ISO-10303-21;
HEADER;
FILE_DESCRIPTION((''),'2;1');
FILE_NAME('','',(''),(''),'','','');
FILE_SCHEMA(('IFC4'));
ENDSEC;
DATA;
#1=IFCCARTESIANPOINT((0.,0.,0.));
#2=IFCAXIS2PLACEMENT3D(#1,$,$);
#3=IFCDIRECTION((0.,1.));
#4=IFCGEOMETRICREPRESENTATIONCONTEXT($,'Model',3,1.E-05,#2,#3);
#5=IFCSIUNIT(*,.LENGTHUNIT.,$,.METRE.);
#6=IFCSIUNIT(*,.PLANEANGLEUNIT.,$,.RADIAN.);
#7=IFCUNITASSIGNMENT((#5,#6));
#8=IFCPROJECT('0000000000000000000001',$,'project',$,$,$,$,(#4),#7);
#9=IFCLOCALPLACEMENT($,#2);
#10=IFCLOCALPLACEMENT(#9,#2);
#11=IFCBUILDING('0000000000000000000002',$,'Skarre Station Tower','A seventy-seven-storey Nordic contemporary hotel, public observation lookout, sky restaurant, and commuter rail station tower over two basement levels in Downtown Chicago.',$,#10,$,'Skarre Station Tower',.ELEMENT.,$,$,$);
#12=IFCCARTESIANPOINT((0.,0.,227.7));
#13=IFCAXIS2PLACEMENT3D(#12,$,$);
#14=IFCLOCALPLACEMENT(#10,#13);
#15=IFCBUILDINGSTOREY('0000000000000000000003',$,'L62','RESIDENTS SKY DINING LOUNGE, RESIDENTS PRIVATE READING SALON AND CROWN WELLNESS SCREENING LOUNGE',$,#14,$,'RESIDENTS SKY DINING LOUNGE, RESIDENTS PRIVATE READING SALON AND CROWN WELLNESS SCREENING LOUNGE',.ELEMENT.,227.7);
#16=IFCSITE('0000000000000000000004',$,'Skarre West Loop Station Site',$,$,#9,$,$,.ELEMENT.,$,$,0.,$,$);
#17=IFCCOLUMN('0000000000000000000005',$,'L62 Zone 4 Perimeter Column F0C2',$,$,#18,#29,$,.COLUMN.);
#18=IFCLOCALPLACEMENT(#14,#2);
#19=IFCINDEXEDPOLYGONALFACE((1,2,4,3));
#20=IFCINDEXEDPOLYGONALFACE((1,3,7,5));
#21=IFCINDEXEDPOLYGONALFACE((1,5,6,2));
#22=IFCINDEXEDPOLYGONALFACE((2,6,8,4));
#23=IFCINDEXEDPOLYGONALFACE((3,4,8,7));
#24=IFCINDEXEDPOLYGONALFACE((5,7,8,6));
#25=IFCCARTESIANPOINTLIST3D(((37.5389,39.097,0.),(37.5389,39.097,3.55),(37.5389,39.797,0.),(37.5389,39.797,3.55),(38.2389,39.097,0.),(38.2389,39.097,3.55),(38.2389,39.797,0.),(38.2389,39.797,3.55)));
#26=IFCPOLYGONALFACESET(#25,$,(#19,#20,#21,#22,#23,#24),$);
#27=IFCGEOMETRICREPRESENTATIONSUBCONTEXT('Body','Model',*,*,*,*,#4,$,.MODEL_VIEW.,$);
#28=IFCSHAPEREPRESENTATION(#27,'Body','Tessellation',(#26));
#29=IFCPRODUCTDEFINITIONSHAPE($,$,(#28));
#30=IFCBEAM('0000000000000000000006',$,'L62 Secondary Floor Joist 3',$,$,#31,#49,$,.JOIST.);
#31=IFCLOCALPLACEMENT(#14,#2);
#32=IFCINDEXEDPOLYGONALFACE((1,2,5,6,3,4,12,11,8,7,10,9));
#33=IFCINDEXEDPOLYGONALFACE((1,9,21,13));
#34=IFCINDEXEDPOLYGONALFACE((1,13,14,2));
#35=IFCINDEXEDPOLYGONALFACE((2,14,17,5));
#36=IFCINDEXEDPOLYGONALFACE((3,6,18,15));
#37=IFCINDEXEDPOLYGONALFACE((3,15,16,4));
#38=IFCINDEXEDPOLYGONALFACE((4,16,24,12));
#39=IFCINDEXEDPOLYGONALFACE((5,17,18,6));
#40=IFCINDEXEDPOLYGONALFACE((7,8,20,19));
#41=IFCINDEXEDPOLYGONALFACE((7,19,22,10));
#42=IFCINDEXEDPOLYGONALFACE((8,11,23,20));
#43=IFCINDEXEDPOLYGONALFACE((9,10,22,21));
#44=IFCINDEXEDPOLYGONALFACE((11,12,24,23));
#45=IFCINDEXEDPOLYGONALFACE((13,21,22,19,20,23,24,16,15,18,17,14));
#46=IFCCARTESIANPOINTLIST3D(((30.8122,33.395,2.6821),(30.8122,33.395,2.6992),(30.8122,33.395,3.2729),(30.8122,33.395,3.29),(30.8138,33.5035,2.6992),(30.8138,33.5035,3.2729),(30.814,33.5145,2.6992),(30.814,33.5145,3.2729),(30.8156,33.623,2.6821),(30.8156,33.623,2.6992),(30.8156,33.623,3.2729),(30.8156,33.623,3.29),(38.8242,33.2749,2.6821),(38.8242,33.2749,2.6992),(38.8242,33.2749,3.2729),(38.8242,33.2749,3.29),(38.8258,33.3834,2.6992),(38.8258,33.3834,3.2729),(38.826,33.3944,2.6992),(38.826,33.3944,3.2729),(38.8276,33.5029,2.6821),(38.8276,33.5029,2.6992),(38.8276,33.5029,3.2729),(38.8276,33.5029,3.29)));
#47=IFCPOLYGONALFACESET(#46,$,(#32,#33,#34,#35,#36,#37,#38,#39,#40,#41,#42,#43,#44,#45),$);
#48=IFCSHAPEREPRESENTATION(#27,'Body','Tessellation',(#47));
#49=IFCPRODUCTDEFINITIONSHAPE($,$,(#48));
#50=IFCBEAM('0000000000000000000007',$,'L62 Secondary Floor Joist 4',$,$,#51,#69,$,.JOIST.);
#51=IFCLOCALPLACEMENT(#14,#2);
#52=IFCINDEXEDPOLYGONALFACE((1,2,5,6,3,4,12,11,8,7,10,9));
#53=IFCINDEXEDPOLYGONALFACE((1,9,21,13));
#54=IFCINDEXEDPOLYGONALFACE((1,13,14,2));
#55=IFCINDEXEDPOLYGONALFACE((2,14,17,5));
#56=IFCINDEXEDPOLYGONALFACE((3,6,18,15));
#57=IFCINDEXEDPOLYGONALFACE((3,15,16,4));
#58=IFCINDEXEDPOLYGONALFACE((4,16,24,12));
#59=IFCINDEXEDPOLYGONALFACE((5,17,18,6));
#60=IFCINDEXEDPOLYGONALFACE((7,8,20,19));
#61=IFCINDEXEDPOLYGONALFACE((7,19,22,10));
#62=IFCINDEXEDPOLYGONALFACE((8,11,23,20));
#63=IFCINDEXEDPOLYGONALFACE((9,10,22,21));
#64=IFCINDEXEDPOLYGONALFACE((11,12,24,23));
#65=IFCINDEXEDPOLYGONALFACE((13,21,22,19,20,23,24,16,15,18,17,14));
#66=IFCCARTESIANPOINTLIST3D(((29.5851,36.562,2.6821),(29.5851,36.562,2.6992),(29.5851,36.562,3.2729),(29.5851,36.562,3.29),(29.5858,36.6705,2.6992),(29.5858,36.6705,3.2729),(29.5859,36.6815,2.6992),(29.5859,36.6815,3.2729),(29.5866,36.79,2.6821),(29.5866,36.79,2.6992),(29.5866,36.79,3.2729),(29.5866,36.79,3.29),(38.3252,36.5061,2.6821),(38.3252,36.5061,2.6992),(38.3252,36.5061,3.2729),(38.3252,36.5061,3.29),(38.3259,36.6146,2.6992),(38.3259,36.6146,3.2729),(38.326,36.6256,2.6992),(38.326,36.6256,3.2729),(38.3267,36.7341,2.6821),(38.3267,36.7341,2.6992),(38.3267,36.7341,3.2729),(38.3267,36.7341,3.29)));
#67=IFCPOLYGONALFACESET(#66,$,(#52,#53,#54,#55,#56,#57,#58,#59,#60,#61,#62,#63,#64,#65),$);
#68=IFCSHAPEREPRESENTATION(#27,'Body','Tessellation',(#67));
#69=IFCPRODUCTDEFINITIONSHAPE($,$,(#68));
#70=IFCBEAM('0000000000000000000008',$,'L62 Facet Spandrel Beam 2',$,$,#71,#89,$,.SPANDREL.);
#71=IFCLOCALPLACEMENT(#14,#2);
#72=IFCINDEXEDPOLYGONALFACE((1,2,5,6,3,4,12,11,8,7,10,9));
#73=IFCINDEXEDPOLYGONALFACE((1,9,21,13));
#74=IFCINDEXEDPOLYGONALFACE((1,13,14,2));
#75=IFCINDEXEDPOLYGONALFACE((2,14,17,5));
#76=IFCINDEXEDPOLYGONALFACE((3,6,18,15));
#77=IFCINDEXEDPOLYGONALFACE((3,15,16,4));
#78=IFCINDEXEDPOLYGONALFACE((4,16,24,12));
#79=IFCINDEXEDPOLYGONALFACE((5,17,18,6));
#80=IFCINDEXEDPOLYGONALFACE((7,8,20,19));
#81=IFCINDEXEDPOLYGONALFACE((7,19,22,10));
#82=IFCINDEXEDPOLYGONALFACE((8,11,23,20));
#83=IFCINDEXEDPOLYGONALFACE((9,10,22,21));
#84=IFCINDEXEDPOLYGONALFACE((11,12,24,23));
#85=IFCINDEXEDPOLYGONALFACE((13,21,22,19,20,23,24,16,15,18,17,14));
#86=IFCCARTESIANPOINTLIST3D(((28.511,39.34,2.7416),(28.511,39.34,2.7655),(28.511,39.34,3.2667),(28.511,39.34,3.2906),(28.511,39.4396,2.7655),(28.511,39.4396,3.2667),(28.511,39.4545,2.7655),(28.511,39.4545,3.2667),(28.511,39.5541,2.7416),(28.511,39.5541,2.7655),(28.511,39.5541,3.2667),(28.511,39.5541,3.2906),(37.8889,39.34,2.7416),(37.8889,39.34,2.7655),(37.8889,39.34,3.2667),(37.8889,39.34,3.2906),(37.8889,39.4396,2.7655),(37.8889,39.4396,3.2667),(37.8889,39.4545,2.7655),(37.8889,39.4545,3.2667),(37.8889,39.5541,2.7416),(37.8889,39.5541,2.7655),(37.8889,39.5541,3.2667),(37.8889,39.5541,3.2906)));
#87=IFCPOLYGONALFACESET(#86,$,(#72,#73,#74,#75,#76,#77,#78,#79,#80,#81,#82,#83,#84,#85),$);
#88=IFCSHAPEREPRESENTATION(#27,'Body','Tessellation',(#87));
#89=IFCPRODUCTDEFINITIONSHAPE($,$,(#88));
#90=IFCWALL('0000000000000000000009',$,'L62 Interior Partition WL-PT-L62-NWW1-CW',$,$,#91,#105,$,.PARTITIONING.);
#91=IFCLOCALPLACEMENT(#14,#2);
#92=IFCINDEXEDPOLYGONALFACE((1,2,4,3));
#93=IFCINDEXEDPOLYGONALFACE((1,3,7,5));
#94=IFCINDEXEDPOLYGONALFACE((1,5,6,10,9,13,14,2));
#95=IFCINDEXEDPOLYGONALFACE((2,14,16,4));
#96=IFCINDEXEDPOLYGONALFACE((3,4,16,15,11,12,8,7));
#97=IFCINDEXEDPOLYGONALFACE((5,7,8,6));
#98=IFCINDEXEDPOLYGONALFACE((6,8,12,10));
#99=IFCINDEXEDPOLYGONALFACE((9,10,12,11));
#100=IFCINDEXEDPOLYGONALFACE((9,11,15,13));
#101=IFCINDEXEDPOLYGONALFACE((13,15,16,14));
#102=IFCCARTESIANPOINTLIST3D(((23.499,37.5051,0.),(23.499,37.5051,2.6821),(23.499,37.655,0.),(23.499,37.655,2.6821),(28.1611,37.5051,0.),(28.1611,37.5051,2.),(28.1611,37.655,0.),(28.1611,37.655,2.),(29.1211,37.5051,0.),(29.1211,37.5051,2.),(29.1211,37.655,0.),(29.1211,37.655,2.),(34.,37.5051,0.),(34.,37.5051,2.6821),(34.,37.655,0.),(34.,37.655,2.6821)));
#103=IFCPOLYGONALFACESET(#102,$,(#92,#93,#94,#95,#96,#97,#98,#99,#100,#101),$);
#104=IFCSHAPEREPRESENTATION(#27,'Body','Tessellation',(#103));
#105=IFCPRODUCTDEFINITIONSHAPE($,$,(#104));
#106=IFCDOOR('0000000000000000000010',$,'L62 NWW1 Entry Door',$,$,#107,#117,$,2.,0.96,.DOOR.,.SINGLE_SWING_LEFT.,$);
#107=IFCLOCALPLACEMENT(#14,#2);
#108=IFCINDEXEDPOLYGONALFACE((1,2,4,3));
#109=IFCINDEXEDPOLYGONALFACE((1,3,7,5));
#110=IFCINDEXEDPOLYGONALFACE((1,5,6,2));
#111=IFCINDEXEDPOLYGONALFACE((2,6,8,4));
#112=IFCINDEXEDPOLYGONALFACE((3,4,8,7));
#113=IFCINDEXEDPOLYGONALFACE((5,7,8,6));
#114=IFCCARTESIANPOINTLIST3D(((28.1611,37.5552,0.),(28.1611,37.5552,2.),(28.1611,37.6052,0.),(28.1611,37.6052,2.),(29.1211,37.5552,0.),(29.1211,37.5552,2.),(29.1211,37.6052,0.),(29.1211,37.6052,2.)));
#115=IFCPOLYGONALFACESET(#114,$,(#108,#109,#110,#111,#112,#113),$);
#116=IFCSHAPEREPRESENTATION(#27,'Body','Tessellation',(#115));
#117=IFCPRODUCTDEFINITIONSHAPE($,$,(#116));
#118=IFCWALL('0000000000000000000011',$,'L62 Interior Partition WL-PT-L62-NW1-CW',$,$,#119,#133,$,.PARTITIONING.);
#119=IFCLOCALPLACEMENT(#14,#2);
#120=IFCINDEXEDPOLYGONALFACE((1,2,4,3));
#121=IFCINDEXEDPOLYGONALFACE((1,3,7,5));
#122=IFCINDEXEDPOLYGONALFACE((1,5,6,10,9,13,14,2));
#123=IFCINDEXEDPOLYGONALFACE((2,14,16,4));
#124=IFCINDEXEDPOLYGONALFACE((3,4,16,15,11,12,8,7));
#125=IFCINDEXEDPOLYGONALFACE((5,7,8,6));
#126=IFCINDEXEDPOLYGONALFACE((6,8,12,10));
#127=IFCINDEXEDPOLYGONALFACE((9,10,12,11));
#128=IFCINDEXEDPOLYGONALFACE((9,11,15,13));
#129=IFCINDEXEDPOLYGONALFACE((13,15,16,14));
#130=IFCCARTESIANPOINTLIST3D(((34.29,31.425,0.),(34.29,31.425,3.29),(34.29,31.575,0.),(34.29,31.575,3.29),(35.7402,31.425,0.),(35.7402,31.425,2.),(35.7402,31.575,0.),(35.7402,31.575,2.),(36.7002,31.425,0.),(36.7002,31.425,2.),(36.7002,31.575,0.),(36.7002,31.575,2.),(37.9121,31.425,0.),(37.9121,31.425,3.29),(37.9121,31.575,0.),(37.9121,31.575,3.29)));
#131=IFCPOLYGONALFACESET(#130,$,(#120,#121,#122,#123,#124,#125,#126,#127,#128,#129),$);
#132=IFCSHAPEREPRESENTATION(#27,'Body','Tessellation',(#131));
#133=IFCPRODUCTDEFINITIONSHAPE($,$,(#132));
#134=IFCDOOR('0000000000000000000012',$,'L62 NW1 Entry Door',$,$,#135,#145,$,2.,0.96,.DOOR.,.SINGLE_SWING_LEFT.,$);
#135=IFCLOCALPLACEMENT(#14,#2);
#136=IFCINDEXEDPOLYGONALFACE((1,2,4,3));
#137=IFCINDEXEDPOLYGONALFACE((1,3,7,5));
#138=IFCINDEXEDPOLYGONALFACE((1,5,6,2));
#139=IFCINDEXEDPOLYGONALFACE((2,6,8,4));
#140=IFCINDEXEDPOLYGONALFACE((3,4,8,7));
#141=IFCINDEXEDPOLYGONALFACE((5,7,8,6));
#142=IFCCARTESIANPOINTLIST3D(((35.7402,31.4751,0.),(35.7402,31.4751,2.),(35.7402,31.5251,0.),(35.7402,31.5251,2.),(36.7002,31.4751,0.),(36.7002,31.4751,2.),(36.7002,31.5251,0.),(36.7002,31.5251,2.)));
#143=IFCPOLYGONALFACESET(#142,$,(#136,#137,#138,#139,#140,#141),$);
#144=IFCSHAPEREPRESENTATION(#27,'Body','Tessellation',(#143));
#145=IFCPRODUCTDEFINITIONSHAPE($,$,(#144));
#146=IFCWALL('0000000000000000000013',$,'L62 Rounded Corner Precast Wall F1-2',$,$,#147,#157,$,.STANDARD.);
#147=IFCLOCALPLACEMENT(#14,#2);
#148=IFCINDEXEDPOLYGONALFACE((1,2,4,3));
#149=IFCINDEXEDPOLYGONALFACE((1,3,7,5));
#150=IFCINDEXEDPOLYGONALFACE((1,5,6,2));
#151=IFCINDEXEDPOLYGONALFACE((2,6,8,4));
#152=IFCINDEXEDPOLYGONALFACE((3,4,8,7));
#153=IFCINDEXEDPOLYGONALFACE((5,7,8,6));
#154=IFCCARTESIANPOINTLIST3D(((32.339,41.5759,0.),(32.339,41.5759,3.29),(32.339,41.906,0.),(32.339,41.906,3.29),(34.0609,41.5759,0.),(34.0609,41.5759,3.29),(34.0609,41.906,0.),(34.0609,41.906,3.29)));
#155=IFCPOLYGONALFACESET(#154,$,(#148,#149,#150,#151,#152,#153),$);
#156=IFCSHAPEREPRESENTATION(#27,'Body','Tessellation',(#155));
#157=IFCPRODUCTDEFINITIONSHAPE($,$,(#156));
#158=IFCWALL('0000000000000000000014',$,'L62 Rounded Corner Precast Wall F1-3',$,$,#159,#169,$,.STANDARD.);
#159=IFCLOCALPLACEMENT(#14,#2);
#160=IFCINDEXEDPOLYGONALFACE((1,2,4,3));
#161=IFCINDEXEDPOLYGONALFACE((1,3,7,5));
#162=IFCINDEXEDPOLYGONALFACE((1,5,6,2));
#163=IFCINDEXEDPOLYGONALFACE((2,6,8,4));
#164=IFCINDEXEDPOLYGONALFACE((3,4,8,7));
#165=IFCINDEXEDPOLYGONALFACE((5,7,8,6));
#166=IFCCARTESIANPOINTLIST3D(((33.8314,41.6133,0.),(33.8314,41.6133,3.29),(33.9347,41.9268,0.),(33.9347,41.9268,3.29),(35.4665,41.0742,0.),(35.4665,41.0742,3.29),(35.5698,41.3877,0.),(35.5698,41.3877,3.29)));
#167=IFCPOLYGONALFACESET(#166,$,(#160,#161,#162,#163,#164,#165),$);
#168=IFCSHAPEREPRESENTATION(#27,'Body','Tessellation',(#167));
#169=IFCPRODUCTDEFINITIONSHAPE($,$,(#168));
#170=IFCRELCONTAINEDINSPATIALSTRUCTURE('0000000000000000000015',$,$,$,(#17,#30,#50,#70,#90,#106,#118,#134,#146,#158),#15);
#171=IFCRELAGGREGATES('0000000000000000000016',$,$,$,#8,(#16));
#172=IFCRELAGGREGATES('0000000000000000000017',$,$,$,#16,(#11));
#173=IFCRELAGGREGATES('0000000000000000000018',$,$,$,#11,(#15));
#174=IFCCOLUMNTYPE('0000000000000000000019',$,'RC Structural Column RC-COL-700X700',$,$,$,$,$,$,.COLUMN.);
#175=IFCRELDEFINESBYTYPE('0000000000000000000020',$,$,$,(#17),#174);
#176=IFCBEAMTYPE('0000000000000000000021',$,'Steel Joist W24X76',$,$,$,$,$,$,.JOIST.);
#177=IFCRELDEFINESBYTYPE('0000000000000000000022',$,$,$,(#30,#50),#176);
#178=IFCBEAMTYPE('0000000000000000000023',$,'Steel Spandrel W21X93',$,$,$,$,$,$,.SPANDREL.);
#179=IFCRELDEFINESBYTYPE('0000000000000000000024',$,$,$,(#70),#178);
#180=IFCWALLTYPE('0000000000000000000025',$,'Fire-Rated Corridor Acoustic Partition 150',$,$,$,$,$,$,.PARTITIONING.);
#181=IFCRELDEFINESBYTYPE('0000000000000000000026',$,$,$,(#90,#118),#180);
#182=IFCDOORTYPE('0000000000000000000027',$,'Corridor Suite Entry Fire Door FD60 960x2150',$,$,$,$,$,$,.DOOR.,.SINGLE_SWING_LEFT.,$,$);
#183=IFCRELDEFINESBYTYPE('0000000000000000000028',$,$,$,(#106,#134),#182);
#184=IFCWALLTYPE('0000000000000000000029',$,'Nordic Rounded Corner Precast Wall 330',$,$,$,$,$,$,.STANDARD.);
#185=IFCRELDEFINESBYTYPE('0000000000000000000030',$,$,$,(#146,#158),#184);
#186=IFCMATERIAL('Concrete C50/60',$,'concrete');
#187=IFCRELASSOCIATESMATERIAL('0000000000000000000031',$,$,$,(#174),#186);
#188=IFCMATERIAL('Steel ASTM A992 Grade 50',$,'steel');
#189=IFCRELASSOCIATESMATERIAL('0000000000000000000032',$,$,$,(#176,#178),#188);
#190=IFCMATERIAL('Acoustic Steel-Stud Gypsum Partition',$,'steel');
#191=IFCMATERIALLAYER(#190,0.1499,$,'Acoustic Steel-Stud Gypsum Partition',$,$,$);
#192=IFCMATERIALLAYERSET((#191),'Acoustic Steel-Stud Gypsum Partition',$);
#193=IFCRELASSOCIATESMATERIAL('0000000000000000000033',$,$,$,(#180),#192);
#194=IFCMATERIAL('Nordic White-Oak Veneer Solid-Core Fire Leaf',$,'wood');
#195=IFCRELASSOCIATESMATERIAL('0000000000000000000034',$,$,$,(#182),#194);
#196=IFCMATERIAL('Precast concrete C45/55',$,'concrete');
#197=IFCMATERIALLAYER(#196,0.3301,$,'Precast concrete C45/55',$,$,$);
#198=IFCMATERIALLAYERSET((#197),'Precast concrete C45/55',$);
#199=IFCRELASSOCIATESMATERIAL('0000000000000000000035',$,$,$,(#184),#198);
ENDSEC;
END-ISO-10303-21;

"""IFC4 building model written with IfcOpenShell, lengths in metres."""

from ifc_helpers import new_model, si_unit, direction, frame, frame_2d, origin, origin_2d, place, context, subcontext, project, spatial, rectangle, i_section, extrude, material, layer, layer_set, material_profile, profile_set, type_object, element, fill, save


model = new_model("IFC4")

# Units and contexts
model_context = context("Model", 3, precision=1e-05, world=origin(), true_north=direction((0.0, 1.0)))
body_context = subcontext(model_context, "Body", "Model", "MODEL_VIEW")
ifc_project = project(units=[si_unit("LENGTHUNIT", "METRE"), si_unit("PLANEANGLEUNIT", "RADIAN")], contexts=[model_context])

# Site, building, storey
site_placement = place(None, origin())
site = spatial("IfcSite", under=ifc_project, at=site_placement, Name="Skarre West Loop Station Site", CompositionType="ELEMENT", RefElevation=0.0)
building_placement = place(site_placement, origin())
building = spatial("IfcBuilding", under=site, at=building_placement, Name="Skarre Station Tower", Description="A seventy-seven-storey Nordic contemporary hotel, public observation lookout, sky restaurant, and commuter rail station tower over two basement levels in Downtown Chicago.", LongName="Skarre Station Tower", CompositionType="ELEMENT")
storey_placement = place(building_placement, frame((0.0, 0.0, 227.7)))
storey = spatial("IfcBuildingStorey", under=building, at=storey_placement, Name="L62", Description="RESIDENTS SKY DINING LOUNGE, RESIDENTS PRIVATE READING SALON AND CROWN WELLNESS SCREENING LOUNGE", LongName="RESIDENTS SKY DINING LOUNGE, RESIDENTS PRIVATE READING SALON AND CROWN WELLNESS SCREENING LOUNGE", CompositionType="ELEMENT", Elevation=227.7)

# Column
ifc_material_1 = material(Name="Concrete C50/60", Category="concrete")
ifc_material_profile_1 = material_profile(ifc_material_1, rectangle(XDim=0.7, YDim=0.7, at=origin_2d()), Name="Concrete C50/60")
ifc_profile_set_1 = profile_set([ifc_material_profile_1], Name="Concrete C50/60")
column_type = type_object("IfcColumnType", Name="RC Structural Column RC-COL-700X700", PredefinedType="COLUMN", material=ifc_profile_set_1)
column_placement = place(storey_placement, frame((37.8889, 39.447, 0.0), z_axis=(0.0, 0.0, 1.0), x_axis=(1.0, 0.0, 0.0)))
element("IfcColumn", 1, at=column_placement, inside=storey, type_object=column_type, Name="L62 Zone 4 Perimeter Column F0C2", PredefinedType="COLUMN", context=body_context, shape_type="SweptSolid", body=[
    extrude(rectangle(XDim=0.7, YDim=0.7, at=origin_2d()), origin(), (0.0, 0.0, 1.0), 3.55),
])

# Beams
ifc_material_2 = material(Name="Steel ASTM A992 Grade 50", Category="steel")
ifc_material_profile_2 = material_profile(ifc_material_2, i_section(OverallWidth=0.228, OverallDepth=0.6079, WebThickness=0.011, FlangeThickness=0.0171, at=origin_2d()), Name="Steel ASTM A992 Grade 50")
ifc_profile_set_2 = profile_set([ifc_material_profile_2], Name="Steel ASTM A992 Grade 50")
beam_type_1 = type_object("IfcBeamType", Name="Steel Joist W24X76", PredefinedType="JOIST", material=ifc_profile_set_2)
beam_1_placement = place(storey_placement, frame((38.8259, 33.3889, 2.9861), z_axis=(-0.999888, 0.014991, 0.0), x_axis=(-0.014991, -0.999888, 0.0)))
element("IfcBeam", 2, at=beam_1_placement, inside=storey, type_object=beam_type_1, Name="L62 Secondary Floor Joist 3", PredefinedType="JOIST", context=body_context, shape_type="SweptSolid", body=[
    extrude(i_section(OverallWidth=0.228, OverallDepth=0.6079, WebThickness=0.011, FlangeThickness=0.0171, at=origin_2d()), origin(), (0.0, 0.0, 1.0), 8.0129),
])
beam_2_placement = place(storey_placement, frame((38.3259, 36.6201, 2.9861), z_axis=(-0.99998, 0.006397, 0.0), x_axis=(-0.006397, -0.99998, 0.0)))
element("IfcBeam", 3, at=beam_2_placement, inside=storey, type_object=beam_type_1, Name="L62 Secondary Floor Joist 4", PredefinedType="JOIST", context=body_context, shape_type="SweptSolid", body=[
    extrude(i_section(OverallWidth=0.228, OverallDepth=0.6079, WebThickness=0.011, FlangeThickness=0.0171, at=origin_2d()), origin(), (0.0, 0.0, 1.0), 8.7402),
])
ifc_material_profile_3 = material_profile(ifc_material_2, i_section(OverallWidth=0.2141, OverallDepth=0.5491, WebThickness=0.0149, FlangeThickness=0.0239, at=origin_2d()), Name="Steel ASTM A992 Grade 50")
ifc_profile_set_3 = profile_set([ifc_material_profile_3], Name="Steel ASTM A992 Grade 50")
beam_type_2 = type_object("IfcBeamType", Name="Steel Spandrel W21X93", PredefinedType="SPANDREL", material=ifc_profile_set_3)
beam_3_placement = place(storey_placement, frame((37.8889, 39.447, 3.0161), z_axis=(-1.0, 0.0, 0.0), x_axis=(0.0, -1.0, 0.0)))
element("IfcBeam", 4, at=beam_3_placement, inside=storey, type_object=beam_type_2, Name="L62 Facet Spandrel Beam 2", PredefinedType="SPANDREL", context=body_context, shape_type="SweptSolid", body=[
    extrude(i_section(OverallWidth=0.2141, OverallDepth=0.5491, WebThickness=0.0149, FlangeThickness=0.0239, at=origin_2d()), origin(), (0.0, 0.0, 1.0), 9.3779),
])

# Walls, openings, doors
ifc_material_3 = material(Name="Acoustic Steel-Stud Gypsum Partition", Category="steel")
ifc_layer_1 = layer(ifc_material_3, 0.1499, Name="Acoustic Steel-Stud Gypsum Partition")
ifc_layer_set_1 = layer_set([ifc_layer_1], Name="Acoustic Steel-Stud Gypsum Partition")
wall_type_1 = type_object("IfcWallType", Name="Fire-Rated Corridor Acoustic Partition 150", PredefinedType="PARTITIONING", material=ifc_layer_set_1)
wall_1_placement = place(storey_placement, frame((34.0, 37.5801, 0.0), z_axis=(0.0, 0.0, 1.0), x_axis=(-1.0, 0.0, 0.0)))
wall_1 = element("IfcWall", 5, at=wall_1_placement, inside=storey, type_object=wall_type_1, Name="L62 Interior Partition WL-PT-L62-NWW1-CW", PredefinedType="PARTITIONING", context=body_context, shape_type="SweptSolid", body=[
    extrude(rectangle(XDim=10.501, YDim=0.1499, at=frame_2d((5.2505, 0.0))), origin(), (0.0, 0.0, 1.0), 2.6821),
])
opening_1_placement = place(wall_1_placement, frame((4.8789, 0.0, 0.0)))
opening_1 = element("IfcOpeningElement", 6, at=opening_1_placement, cuts=wall_1, PredefinedType="OPENING", context=body_context, shape_type="SweptSolid", body=[
    extrude(rectangle(XDim=0.96, YDim=2.0, at=frame_2d((0.48, 1.0))), frame((0.0, 0.085, 0.0), z_axis=(0.0, -1.0, 0.0), x_axis=(1.0, 0.0, 0.0)), (0.0, 0.0, 1.0), 0.1699),
])
ifc_material_4 = material(Name="Nordic White-Oak Veneer Solid-Core Fire Leaf", Category="wood")
door_type_1 = type_object("IfcDoorType", Name="Corridor Suite Entry Fire Door FD60 960x2150", OperationType="SINGLE_SWING_LEFT", PredefinedType="DOOR", material=ifc_material_4)
door_1_placement = place(opening_1_placement, origin())
door_1 = element("IfcDoor", 7, at=door_1_placement, inside=storey, type_object=door_type_1, Name="L62 NWW1 Entry Door", OperationType="SINGLE_SWING_LEFT", OverallHeight=2.0, OverallWidth=0.96, PredefinedType="DOOR", context=body_context, shape_type="SweptSolid", body=[
    extrude(rectangle(XDim=0.96, YDim=2.0, at=frame_2d((0.48, 1.0))), frame((0.0, 0.0249, 0.0), z_axis=(0.0, -1.0, 0.0), x_axis=(1.0, 0.0, 0.0)), (0.0, 0.0, 1.0), 0.05),
])
fill(opening_1, door_1)
wall_2_placement = place(storey_placement, frame((37.9121, 31.5, 0.0), z_axis=(0.0, 0.0, 1.0), x_axis=(-1.0, 0.0, 0.0)))
wall_2 = element("IfcWall", 8, at=wall_2_placement, inside=storey, type_object=wall_type_1, Name="L62 Interior Partition WL-PT-L62-NW1-CW", PredefinedType="PARTITIONING", context=body_context, shape_type="SweptSolid", body=[
    extrude(rectangle(XDim=3.6221, YDim=0.1499, at=frame_2d((1.811, 0.0))), origin(), (0.0, 0.0, 1.0), 3.29),
])
opening_2_placement = place(wall_2_placement, frame((1.2119, 0.0, 0.0)))
opening_2 = element("IfcOpeningElement", 9, at=opening_2_placement, cuts=wall_2, PredefinedType="OPENING", context=body_context, shape_type="SweptSolid", body=[
    extrude(rectangle(XDim=0.96, YDim=2.0, at=frame_2d((0.48, 1.0))), frame((0.0, 0.085, 0.0), z_axis=(0.0, -1.0, 0.0), x_axis=(1.0, 0.0, 0.0)), (0.0, 0.0, 1.0), 0.1699),
])
door_2_placement = place(opening_2_placement, origin())
door_2 = element("IfcDoor", 10, at=door_2_placement, inside=storey, type_object=door_type_1, Name="L62 NW1 Entry Door", OperationType="SINGLE_SWING_LEFT", OverallHeight=2.0, OverallWidth=0.96, PredefinedType="DOOR", context=body_context, shape_type="SweptSolid", body=[
    extrude(rectangle(XDim=0.96, YDim=2.0, at=frame_2d((0.48, 1.0))), frame((0.0, 0.0249, 0.0), z_axis=(0.0, -1.0, 0.0), x_axis=(1.0, 0.0, 0.0)), (0.0, 0.0, 1.0), 0.05),
])
fill(opening_2, door_2)

# Walls
ifc_material_5 = material(Name="Precast concrete C45/55", Category="concrete")
ifc_layer_2 = layer(ifc_material_5, 0.3301, Name="Precast concrete C45/55")
ifc_layer_set_2 = layer_set([ifc_layer_2], Name="Precast concrete C45/55")
wall_type_2 = type_object("IfcWallType", Name="Nordic Rounded Corner Precast Wall 330", PredefinedType="STANDARD", material=ifc_layer_set_2)
wall_3_placement = place(storey_placement, frame((32.3391, 41.741, 0.0), z_axis=(0.0, 0.0, 1.0), x_axis=(1.0, 0.0, 0.0)))
element("IfcWall", 11, at=wall_3_placement, inside=storey, type_object=wall_type_2, Name="L62 Rounded Corner Precast Wall F1-2", PredefinedType="STANDARD", context=body_context, shape_type="SweptSolid", body=[
    extrude(rectangle(XDim=1.7219, YDim=0.3301, at=frame_2d((0.8608, 0.0))), origin(), (0.0, 0.0, 1.0), 3.29),
])
wall_4_placement = place(storey_placement, frame((33.8831, 41.77, 0.0), z_axis=(0.0, 0.0, 1.0), x_axis=(0.949713, -0.31312, 0.0)))
element("IfcWall", 12, at=wall_4_placement, inside=storey, type_object=wall_type_2, Name="L62 Rounded Corner Precast Wall F1-3", PredefinedType="STANDARD", context=body_context, shape_type="SweptSolid", body=[
    extrude(rectangle(XDim=1.7217, YDim=0.3301, at=frame_2d((0.8608, 0.0))), origin(), (0.0, 0.0, 1.0), 3.29),
])

save(model, "model.ifc")
